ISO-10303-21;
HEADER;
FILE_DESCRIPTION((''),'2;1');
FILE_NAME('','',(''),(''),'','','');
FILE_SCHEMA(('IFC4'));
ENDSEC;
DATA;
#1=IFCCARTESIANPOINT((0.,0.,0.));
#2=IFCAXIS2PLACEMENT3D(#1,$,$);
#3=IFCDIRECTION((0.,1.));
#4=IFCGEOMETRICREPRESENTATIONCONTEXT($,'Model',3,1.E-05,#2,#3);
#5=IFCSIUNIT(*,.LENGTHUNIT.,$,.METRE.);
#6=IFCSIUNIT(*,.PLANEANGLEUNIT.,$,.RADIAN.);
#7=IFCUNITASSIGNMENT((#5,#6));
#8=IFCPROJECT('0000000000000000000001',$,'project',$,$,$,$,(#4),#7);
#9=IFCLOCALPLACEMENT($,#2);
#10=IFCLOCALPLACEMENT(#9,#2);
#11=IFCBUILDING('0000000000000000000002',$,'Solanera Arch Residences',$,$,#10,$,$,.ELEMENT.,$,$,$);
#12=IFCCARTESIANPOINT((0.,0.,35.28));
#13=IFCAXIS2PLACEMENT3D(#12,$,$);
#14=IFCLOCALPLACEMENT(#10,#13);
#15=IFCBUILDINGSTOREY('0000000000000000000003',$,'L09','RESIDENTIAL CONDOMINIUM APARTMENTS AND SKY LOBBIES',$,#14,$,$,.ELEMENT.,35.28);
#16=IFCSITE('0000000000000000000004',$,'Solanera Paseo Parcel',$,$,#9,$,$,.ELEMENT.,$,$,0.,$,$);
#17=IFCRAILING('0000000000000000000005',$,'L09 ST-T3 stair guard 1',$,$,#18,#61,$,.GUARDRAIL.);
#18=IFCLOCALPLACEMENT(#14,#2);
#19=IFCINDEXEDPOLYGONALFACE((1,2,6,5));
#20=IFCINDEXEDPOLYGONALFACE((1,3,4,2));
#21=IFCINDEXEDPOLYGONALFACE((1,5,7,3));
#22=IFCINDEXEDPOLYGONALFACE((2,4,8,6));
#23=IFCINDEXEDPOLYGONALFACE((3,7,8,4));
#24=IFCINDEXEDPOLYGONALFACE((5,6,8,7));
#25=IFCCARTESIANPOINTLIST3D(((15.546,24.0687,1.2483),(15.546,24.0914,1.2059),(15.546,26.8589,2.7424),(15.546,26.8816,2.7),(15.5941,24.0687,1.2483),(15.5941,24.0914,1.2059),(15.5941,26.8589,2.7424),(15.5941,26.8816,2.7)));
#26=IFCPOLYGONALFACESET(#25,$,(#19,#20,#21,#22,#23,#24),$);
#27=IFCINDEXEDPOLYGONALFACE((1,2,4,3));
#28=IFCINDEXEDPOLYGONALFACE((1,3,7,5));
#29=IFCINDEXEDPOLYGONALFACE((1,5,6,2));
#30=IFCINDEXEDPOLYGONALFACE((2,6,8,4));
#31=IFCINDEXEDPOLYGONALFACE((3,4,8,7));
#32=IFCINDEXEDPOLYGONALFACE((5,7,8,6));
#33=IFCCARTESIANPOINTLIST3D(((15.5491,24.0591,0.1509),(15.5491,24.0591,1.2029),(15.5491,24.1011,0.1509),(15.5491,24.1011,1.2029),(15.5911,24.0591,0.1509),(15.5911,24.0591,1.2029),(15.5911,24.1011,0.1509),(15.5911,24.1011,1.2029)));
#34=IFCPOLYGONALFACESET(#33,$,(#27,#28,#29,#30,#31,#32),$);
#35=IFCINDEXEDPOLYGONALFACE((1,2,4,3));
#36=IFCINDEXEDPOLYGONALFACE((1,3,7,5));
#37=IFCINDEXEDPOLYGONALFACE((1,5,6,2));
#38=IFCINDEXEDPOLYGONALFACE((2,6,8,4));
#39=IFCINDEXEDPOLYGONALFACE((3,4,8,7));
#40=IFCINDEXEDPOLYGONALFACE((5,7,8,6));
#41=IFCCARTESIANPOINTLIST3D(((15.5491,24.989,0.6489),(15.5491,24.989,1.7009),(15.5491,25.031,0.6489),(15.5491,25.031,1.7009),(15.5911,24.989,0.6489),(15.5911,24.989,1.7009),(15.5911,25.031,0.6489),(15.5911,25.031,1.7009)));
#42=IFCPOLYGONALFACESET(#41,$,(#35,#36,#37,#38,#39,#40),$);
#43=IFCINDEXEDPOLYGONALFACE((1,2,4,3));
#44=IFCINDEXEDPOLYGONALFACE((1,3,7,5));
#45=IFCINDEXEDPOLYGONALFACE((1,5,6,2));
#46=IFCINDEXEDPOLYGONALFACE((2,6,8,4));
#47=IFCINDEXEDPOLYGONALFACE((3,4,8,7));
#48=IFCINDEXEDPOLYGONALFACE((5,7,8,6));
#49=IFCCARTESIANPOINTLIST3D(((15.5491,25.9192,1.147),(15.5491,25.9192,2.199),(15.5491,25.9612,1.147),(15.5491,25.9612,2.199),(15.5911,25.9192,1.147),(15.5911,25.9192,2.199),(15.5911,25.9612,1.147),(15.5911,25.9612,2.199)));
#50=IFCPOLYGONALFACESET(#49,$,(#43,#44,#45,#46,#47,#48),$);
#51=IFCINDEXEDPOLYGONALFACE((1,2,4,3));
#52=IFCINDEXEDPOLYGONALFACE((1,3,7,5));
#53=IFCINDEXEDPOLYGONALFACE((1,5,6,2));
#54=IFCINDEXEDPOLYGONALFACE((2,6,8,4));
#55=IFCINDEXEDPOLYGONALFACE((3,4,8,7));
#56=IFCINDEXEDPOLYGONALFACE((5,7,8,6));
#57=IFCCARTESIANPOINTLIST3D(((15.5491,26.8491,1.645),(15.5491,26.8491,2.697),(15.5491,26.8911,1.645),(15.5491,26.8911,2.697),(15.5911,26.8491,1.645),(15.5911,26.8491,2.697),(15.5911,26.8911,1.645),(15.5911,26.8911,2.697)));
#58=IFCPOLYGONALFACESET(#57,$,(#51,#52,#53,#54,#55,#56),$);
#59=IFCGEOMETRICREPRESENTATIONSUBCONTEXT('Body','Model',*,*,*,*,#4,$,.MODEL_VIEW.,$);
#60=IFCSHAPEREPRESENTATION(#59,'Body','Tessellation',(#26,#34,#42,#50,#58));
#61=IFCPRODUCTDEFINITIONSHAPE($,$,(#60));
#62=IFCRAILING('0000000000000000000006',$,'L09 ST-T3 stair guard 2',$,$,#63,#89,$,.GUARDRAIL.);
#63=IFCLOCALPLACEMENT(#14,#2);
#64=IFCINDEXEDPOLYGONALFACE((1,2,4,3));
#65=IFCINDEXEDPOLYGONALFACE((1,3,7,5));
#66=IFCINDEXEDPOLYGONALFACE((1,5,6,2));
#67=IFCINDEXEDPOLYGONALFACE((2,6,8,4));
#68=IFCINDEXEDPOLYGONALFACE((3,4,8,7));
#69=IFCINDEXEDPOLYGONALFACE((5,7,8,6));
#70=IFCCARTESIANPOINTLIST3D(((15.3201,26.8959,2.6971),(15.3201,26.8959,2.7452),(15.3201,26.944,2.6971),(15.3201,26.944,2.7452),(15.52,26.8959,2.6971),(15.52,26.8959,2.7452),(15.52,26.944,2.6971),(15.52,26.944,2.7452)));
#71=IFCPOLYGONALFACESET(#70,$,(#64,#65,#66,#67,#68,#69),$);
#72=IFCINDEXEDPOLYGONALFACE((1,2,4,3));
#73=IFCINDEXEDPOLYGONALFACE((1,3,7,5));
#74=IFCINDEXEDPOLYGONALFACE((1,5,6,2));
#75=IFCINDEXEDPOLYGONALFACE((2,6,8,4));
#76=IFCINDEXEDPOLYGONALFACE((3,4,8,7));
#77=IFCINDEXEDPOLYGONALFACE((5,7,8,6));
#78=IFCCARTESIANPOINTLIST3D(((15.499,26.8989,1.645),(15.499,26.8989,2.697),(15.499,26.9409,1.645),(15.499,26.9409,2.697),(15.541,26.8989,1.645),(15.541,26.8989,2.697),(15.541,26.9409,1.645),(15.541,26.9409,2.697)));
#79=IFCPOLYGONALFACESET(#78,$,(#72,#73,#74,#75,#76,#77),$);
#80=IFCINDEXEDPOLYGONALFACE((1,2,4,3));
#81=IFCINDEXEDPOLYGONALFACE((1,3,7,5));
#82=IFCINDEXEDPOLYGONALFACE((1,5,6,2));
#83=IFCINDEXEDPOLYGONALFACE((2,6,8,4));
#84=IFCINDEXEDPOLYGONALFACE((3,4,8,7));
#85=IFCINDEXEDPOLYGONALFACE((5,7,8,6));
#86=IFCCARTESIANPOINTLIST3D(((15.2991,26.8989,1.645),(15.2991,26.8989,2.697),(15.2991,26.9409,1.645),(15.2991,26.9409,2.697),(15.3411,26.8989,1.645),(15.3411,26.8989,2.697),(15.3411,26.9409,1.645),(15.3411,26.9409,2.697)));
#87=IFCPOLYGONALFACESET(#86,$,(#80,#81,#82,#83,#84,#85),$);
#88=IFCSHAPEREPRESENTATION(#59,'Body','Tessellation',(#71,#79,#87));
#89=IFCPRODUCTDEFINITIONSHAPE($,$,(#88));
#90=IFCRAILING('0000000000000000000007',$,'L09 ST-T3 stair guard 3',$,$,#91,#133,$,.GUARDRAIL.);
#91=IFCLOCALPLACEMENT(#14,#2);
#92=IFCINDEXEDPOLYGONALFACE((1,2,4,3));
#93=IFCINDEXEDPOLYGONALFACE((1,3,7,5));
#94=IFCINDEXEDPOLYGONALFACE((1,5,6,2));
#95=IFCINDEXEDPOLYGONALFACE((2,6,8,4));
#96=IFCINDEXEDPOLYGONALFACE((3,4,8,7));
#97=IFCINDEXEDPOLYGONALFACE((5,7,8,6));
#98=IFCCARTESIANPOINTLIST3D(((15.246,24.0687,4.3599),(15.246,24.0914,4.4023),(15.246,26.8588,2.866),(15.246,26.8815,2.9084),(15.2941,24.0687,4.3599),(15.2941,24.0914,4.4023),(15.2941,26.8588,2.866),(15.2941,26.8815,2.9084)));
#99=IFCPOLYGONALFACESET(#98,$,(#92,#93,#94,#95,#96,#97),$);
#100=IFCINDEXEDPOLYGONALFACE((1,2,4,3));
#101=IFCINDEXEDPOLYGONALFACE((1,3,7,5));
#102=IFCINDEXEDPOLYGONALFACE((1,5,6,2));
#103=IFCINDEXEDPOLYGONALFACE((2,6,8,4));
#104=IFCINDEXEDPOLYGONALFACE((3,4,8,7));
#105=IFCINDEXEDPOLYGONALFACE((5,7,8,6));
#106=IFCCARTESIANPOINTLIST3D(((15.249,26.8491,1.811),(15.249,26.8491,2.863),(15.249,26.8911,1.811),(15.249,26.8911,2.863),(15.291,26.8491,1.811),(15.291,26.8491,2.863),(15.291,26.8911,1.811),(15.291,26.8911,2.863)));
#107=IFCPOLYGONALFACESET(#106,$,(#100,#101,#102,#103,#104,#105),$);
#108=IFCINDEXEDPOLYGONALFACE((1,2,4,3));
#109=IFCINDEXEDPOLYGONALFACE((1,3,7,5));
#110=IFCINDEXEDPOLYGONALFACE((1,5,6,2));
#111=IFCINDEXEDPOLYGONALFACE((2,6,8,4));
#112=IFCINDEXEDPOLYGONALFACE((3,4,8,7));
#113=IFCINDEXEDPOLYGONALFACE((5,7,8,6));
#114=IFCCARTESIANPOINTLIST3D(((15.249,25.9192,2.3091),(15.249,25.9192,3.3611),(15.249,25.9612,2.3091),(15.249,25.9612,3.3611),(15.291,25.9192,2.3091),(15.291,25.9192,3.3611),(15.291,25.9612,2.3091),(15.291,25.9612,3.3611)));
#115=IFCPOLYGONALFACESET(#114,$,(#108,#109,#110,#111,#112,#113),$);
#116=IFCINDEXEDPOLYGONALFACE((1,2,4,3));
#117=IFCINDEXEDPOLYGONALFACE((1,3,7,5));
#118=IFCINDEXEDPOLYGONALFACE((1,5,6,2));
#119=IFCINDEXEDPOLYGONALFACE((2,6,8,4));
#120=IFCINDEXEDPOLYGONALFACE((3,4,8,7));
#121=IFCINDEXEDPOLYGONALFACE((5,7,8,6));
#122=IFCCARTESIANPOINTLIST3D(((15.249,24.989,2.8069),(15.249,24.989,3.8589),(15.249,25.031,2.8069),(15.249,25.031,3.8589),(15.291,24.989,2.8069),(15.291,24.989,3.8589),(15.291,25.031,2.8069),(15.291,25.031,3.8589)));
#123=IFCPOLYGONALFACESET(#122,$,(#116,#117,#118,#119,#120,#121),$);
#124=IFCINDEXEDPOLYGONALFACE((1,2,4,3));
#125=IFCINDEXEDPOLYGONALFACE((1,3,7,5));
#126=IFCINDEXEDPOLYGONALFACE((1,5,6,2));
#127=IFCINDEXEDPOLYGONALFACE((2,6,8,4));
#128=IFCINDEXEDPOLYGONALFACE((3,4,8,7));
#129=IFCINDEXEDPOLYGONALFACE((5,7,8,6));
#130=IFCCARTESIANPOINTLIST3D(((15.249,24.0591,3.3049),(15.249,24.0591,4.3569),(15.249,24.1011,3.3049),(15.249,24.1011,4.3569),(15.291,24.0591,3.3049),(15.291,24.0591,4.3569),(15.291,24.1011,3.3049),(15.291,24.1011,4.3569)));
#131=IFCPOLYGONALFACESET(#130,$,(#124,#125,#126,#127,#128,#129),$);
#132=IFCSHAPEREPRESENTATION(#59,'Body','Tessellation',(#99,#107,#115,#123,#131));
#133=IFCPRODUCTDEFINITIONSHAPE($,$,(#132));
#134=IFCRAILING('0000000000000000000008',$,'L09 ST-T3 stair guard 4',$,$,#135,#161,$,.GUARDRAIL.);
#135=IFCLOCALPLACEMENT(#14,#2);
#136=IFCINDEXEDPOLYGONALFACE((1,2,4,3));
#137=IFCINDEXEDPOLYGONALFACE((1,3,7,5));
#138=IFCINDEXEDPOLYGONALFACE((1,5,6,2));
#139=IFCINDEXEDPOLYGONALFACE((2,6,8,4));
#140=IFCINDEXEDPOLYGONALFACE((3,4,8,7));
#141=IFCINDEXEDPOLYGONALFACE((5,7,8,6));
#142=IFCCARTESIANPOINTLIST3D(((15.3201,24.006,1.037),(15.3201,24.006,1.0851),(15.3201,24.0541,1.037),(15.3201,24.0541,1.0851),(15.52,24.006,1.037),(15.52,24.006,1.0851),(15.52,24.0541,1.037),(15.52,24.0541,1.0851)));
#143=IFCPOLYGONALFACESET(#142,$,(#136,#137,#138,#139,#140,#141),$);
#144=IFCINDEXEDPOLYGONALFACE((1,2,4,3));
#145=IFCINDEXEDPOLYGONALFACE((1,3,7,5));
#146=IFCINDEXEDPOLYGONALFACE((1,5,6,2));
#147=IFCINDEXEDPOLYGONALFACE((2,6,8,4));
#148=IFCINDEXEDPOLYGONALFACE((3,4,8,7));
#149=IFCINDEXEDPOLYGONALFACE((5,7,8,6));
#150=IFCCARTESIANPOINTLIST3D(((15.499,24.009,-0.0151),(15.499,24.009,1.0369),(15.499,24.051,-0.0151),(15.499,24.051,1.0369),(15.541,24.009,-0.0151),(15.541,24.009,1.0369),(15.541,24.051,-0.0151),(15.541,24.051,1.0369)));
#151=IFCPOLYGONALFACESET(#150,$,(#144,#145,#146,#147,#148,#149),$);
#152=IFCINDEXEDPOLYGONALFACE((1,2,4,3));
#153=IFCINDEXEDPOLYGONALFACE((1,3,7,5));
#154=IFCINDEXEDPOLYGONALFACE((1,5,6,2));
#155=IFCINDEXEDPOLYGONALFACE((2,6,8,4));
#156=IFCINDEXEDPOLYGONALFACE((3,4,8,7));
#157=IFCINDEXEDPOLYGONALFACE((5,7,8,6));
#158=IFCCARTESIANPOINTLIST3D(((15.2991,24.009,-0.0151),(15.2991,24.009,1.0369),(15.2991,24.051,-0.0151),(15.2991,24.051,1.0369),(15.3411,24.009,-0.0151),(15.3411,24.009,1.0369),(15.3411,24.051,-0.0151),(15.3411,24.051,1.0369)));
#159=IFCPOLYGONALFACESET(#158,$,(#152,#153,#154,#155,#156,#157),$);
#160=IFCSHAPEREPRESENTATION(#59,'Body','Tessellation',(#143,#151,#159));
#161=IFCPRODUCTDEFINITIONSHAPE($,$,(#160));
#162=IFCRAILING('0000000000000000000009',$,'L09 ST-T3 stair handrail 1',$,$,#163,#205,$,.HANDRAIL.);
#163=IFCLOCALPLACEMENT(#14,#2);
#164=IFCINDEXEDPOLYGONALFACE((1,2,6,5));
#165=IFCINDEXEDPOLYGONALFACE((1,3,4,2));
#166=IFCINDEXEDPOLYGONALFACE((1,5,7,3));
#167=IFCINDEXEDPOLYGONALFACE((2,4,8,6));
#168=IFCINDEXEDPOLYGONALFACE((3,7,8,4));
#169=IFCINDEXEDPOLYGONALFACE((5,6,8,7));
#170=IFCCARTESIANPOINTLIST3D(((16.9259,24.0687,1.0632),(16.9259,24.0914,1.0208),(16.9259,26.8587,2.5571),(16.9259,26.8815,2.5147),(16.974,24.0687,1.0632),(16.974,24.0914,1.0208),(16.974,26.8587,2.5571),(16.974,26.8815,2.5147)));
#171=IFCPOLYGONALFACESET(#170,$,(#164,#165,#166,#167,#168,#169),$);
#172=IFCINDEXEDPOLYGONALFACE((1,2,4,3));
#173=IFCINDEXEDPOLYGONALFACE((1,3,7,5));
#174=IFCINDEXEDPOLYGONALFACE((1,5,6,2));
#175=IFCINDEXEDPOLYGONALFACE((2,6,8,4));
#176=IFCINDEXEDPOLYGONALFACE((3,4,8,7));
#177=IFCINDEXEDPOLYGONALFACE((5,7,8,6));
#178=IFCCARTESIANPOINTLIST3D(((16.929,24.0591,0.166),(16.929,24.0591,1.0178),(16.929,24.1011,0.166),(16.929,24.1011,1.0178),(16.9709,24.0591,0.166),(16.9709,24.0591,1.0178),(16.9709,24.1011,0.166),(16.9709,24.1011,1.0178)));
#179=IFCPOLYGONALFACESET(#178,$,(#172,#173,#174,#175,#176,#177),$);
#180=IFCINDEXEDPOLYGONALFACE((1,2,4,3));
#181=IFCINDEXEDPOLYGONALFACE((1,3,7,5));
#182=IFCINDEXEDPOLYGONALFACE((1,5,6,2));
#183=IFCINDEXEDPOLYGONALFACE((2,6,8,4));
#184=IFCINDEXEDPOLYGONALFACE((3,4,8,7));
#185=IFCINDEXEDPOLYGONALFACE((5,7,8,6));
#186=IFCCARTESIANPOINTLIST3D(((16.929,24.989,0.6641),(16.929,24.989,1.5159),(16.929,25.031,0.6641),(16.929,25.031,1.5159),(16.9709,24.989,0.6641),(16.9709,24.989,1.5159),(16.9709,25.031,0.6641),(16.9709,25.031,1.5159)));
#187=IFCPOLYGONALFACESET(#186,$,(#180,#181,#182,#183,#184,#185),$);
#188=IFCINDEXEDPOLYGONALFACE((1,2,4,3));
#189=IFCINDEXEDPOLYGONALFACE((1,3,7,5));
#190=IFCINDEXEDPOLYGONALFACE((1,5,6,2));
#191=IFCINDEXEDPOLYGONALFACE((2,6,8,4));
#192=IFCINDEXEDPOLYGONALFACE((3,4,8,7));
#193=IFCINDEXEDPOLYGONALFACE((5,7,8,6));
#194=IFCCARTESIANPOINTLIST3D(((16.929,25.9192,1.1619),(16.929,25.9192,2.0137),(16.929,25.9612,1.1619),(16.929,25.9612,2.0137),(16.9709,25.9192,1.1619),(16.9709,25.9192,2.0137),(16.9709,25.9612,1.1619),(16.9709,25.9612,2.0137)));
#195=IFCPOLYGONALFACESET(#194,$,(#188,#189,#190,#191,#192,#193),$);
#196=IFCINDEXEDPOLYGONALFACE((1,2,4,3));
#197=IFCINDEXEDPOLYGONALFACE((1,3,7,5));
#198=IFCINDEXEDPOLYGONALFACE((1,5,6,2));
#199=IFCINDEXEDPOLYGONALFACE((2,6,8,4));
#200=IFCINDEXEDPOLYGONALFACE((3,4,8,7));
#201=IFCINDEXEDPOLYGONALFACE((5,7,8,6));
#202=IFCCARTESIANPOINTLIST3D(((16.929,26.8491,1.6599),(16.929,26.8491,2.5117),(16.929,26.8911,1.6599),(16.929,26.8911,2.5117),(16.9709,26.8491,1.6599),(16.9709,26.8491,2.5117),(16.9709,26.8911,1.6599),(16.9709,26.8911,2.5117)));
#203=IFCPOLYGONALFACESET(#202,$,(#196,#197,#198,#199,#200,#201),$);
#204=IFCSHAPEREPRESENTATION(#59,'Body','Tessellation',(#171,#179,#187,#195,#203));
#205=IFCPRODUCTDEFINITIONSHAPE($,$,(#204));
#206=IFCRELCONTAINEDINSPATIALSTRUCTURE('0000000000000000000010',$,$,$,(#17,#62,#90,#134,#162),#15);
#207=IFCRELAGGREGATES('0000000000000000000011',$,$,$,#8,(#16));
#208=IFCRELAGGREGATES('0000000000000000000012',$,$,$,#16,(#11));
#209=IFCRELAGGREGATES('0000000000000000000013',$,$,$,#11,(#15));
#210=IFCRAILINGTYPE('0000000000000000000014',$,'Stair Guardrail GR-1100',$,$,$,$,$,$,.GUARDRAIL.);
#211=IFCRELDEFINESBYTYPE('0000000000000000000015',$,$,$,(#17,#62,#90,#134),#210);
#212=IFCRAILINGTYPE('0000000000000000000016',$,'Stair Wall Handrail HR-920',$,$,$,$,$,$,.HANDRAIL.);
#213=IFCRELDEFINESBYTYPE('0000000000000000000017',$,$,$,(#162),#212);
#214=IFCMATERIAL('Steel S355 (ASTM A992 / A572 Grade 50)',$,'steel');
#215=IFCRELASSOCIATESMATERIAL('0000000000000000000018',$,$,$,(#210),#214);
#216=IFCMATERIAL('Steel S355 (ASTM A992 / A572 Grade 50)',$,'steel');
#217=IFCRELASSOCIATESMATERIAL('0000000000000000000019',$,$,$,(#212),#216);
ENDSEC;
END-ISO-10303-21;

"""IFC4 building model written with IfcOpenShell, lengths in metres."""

from ifc_helpers import new_model, si_unit, direction, frame, origin, origin_2d, place, context, subcontext, project, spatial, rectangle, extrude, material, type_object, element, save


model = new_model("IFC4")

# Units and contexts
model_context = context("Model", 3, precision=1e-05, world=origin(), true_north=direction((0.0, 1.0)))
body_context = subcontext(model_context, "Body", "Model", "MODEL_VIEW")
ifc_project = project(units=[si_unit("LENGTHUNIT", "METRE"), si_unit("PLANEANGLEUNIT", "RADIAN")], contexts=[model_context])

# Site, building, storey
site_placement = place(None, origin())
site = spatial("IfcSite", under=ifc_project, at=site_placement, Name="Solanera Paseo Parcel", CompositionType="ELEMENT", RefElevation=0.0)
building_placement = place(site_placement, origin())
building = spatial("IfcBuilding", under=site, at=building_placement, Name="Solanera Arch Residences", CompositionType="ELEMENT")
storey_placement = place(building_placement, frame((0.0, 0.0, 35.28)))
storey = spatial("IfcBuildingStorey", under=building, at=storey_placement, Name="L09", Description="RESIDENTIAL CONDOMINIUM APARTMENTS AND SKY LOBBIES", CompositionType="ELEMENT", Elevation=35.28)

# Railings
ifc_material_1 = material(Name="Steel S355 (ASTM A992 / A572 Grade 50)", Category="steel")
railing_type_1 = type_object("IfcRailingType", Name="Stair Guardrail GR-1100", PredefinedType="GUARDRAIL", material=ifc_material_1)
railing_1_placement = place(storey_placement, frame((15.5701, 24.0801, 0.1509)))
element("IfcRailing", 1, at=railing_1_placement, inside=storey, type_object=railing_type_1, Name="L09 ST-T3 stair guard 1", PredefinedType="GUARDRAIL", context=body_context, shape_type="SweptSolid", body=[
    extrude(rectangle(XDim=0.0481, YDim=0.0481, at=origin_2d()), frame((0.0, 0.0, 1.0762), z_axis=(0.0, 0.881549, 0.472093), x_axis=(-1.0, 0.0, 0.0)), (0.0, 0.0, 1.0), 3.165),
    extrude(rectangle(XDim=0.042, YDim=0.042, at=origin_2d()), origin(), (0.0, 0.0, 1.0), 1.052),
    extrude(rectangle(XDim=0.042, YDim=0.042, at=origin_2d()), frame((0.0, 0.9299, 0.498)), (0.0, 0.0, 1.0), 1.052),
    extrude(rectangle(XDim=0.042, YDim=0.042, at=origin_2d()), frame((0.0, 1.8601, 0.9961)), (0.0, 0.0, 1.0), 1.052),
    extrude(rectangle(XDim=0.042, YDim=0.042, at=origin_2d()), frame((0.0, 2.79, 1.4941)), (0.0, 0.0, 1.0), 1.052),
])
railing_2_placement = place(storey_placement, frame((15.52, 26.9199, 1.645)))
element("IfcRailing", 2, at=railing_2_placement, inside=storey, type_object=railing_type_1, Name="L09 ST-T3 stair guard 2", PredefinedType="GUARDRAIL", context=body_context, shape_type="SweptSolid", body=[
    extrude(rectangle(XDim=0.0481, YDim=0.0481, at=origin_2d()), frame((0.0, 0.0, 1.0762), z_axis=(-1.0, 0.0, 0.0), x_axis=(0.0, -1.0, 0.0)), (0.0, 0.0, 1.0), 0.2),
    extrude(rectangle(XDim=0.042, YDim=0.042, at=origin_2d()), origin(), (0.0, 0.0, 1.0), 1.052),
    extrude(rectangle(XDim=0.042, YDim=0.042, at=origin_2d()), frame((-0.2, 0.0, 0.0)), (0.0, 0.0, 1.0), 1.052),
])
railing_3_placement = place(storey_placement, frame((15.27, 26.8701, 1.811)))
element("IfcRailing", 3, at=railing_3_placement, inside=storey, type_object=railing_type_1, Name="L09 ST-T3 stair guard 3", PredefinedType="GUARDRAIL", context=body_context, shape_type="SweptSolid", body=[
    extrude(rectangle(XDim=0.0481, YDim=0.0481, at=origin_2d()), frame((0.0, 0.0, 1.0762), z_axis=(0.0, -0.881581, 0.472033), x_axis=(1.0, 0.0, 0.0)), (0.0, 0.0, 1.0), 3.1648),
    extrude(rectangle(XDim=0.042, YDim=0.042, at=origin_2d()), origin(), (0.0, 0.0, 1.0), 1.052),
    extrude(rectangle(XDim=0.042, YDim=0.042, at=origin_2d()), frame((0.0, -0.9299, 0.498)), (0.0, 0.0, 1.0), 1.052),
    extrude(rectangle(XDim=0.042, YDim=0.042, at=origin_2d()), frame((0.0, -1.8601, 0.9958)), (0.0, 0.0, 1.0), 1.052),
    extrude(rectangle(XDim=0.042, YDim=0.042, at=origin_2d()), frame((0.0, -2.79, 1.4939)), (0.0, 0.0, 1.0), 1.052),
])
railing_4_placement = place(storey_placement, frame((15.52, 24.03, -0.0151)))
element("IfcRailing", 4, at=railing_4_placement, inside=storey, type_object=railing_type_1, Name="L09 ST-T3 stair guard 4", PredefinedType="GUARDRAIL", context=body_context, shape_type="SweptSolid", body=[
    extrude(rectangle(XDim=0.0481, YDim=0.0481, at=origin_2d()), frame((0.0, 0.0, 1.0762), z_axis=(-1.0, 0.0, 0.0), x_axis=(0.0, -1.0, 0.0)), (0.0, 0.0, 1.0), 0.2),
    extrude(rectangle(XDim=0.042, YDim=0.042, at=origin_2d()), origin(), (0.0, 0.0, 1.0), 1.052),
    extrude(rectangle(XDim=0.042, YDim=0.042, at=origin_2d()), frame((-0.2, 0.0, 0.0)), (0.0, 0.0, 1.0), 1.052),
])
ifc_material_2 = material(Name="Steel S355 (ASTM A992 / A572 Grade 50)", Category="steel")
railing_type_2 = type_object("IfcRailingType", Name="Stair Wall Handrail HR-920", PredefinedType="HANDRAIL", material=ifc_material_2)
railing_5_placement = place(storey_placement, frame((16.95, 24.0801, 0.166)))
element("IfcRailing", 5, at=railing_5_placement, inside=storey, type_object=railing_type_2, Name="L09 ST-T3 stair handrail 1", PredefinedType="HANDRAIL", context=body_context, shape_type="SweptSolid", body=[
    extrude(rectangle(XDim=0.0481, YDim=0.0481, at=origin_2d()), frame((0.0, 0.0, 0.876), z_axis=(0.0, 0.881581, 0.472033), x_axis=(-1.0, 0.0, 0.0)), (0.0, 0.0, 1.0), 3.1648),
    extrude(rectangle(XDim=0.042, YDim=0.042, at=origin_2d()), origin(), (0.0, 0.0, 1.0), 0.8518),
    extrude(rectangle(XDim=0.042, YDim=0.042, at=origin_2d()), frame((0.0, 0.9299, 0.498)), (0.0, 0.0, 1.0), 0.8518),
    extrude(rectangle(XDim=0.042, YDim=0.042, at=origin_2d()), frame((0.0, 1.8601, 0.9958)), (0.0, 0.0, 1.0), 0.8518),
    extrude(rectangle(XDim=0.042, YDim=0.042, at=origin_2d()), frame((0.0, 2.79, 1.4939)), (0.0, 0.0, 1.0), 0.8518),
])

save(model, "model.ifc")
